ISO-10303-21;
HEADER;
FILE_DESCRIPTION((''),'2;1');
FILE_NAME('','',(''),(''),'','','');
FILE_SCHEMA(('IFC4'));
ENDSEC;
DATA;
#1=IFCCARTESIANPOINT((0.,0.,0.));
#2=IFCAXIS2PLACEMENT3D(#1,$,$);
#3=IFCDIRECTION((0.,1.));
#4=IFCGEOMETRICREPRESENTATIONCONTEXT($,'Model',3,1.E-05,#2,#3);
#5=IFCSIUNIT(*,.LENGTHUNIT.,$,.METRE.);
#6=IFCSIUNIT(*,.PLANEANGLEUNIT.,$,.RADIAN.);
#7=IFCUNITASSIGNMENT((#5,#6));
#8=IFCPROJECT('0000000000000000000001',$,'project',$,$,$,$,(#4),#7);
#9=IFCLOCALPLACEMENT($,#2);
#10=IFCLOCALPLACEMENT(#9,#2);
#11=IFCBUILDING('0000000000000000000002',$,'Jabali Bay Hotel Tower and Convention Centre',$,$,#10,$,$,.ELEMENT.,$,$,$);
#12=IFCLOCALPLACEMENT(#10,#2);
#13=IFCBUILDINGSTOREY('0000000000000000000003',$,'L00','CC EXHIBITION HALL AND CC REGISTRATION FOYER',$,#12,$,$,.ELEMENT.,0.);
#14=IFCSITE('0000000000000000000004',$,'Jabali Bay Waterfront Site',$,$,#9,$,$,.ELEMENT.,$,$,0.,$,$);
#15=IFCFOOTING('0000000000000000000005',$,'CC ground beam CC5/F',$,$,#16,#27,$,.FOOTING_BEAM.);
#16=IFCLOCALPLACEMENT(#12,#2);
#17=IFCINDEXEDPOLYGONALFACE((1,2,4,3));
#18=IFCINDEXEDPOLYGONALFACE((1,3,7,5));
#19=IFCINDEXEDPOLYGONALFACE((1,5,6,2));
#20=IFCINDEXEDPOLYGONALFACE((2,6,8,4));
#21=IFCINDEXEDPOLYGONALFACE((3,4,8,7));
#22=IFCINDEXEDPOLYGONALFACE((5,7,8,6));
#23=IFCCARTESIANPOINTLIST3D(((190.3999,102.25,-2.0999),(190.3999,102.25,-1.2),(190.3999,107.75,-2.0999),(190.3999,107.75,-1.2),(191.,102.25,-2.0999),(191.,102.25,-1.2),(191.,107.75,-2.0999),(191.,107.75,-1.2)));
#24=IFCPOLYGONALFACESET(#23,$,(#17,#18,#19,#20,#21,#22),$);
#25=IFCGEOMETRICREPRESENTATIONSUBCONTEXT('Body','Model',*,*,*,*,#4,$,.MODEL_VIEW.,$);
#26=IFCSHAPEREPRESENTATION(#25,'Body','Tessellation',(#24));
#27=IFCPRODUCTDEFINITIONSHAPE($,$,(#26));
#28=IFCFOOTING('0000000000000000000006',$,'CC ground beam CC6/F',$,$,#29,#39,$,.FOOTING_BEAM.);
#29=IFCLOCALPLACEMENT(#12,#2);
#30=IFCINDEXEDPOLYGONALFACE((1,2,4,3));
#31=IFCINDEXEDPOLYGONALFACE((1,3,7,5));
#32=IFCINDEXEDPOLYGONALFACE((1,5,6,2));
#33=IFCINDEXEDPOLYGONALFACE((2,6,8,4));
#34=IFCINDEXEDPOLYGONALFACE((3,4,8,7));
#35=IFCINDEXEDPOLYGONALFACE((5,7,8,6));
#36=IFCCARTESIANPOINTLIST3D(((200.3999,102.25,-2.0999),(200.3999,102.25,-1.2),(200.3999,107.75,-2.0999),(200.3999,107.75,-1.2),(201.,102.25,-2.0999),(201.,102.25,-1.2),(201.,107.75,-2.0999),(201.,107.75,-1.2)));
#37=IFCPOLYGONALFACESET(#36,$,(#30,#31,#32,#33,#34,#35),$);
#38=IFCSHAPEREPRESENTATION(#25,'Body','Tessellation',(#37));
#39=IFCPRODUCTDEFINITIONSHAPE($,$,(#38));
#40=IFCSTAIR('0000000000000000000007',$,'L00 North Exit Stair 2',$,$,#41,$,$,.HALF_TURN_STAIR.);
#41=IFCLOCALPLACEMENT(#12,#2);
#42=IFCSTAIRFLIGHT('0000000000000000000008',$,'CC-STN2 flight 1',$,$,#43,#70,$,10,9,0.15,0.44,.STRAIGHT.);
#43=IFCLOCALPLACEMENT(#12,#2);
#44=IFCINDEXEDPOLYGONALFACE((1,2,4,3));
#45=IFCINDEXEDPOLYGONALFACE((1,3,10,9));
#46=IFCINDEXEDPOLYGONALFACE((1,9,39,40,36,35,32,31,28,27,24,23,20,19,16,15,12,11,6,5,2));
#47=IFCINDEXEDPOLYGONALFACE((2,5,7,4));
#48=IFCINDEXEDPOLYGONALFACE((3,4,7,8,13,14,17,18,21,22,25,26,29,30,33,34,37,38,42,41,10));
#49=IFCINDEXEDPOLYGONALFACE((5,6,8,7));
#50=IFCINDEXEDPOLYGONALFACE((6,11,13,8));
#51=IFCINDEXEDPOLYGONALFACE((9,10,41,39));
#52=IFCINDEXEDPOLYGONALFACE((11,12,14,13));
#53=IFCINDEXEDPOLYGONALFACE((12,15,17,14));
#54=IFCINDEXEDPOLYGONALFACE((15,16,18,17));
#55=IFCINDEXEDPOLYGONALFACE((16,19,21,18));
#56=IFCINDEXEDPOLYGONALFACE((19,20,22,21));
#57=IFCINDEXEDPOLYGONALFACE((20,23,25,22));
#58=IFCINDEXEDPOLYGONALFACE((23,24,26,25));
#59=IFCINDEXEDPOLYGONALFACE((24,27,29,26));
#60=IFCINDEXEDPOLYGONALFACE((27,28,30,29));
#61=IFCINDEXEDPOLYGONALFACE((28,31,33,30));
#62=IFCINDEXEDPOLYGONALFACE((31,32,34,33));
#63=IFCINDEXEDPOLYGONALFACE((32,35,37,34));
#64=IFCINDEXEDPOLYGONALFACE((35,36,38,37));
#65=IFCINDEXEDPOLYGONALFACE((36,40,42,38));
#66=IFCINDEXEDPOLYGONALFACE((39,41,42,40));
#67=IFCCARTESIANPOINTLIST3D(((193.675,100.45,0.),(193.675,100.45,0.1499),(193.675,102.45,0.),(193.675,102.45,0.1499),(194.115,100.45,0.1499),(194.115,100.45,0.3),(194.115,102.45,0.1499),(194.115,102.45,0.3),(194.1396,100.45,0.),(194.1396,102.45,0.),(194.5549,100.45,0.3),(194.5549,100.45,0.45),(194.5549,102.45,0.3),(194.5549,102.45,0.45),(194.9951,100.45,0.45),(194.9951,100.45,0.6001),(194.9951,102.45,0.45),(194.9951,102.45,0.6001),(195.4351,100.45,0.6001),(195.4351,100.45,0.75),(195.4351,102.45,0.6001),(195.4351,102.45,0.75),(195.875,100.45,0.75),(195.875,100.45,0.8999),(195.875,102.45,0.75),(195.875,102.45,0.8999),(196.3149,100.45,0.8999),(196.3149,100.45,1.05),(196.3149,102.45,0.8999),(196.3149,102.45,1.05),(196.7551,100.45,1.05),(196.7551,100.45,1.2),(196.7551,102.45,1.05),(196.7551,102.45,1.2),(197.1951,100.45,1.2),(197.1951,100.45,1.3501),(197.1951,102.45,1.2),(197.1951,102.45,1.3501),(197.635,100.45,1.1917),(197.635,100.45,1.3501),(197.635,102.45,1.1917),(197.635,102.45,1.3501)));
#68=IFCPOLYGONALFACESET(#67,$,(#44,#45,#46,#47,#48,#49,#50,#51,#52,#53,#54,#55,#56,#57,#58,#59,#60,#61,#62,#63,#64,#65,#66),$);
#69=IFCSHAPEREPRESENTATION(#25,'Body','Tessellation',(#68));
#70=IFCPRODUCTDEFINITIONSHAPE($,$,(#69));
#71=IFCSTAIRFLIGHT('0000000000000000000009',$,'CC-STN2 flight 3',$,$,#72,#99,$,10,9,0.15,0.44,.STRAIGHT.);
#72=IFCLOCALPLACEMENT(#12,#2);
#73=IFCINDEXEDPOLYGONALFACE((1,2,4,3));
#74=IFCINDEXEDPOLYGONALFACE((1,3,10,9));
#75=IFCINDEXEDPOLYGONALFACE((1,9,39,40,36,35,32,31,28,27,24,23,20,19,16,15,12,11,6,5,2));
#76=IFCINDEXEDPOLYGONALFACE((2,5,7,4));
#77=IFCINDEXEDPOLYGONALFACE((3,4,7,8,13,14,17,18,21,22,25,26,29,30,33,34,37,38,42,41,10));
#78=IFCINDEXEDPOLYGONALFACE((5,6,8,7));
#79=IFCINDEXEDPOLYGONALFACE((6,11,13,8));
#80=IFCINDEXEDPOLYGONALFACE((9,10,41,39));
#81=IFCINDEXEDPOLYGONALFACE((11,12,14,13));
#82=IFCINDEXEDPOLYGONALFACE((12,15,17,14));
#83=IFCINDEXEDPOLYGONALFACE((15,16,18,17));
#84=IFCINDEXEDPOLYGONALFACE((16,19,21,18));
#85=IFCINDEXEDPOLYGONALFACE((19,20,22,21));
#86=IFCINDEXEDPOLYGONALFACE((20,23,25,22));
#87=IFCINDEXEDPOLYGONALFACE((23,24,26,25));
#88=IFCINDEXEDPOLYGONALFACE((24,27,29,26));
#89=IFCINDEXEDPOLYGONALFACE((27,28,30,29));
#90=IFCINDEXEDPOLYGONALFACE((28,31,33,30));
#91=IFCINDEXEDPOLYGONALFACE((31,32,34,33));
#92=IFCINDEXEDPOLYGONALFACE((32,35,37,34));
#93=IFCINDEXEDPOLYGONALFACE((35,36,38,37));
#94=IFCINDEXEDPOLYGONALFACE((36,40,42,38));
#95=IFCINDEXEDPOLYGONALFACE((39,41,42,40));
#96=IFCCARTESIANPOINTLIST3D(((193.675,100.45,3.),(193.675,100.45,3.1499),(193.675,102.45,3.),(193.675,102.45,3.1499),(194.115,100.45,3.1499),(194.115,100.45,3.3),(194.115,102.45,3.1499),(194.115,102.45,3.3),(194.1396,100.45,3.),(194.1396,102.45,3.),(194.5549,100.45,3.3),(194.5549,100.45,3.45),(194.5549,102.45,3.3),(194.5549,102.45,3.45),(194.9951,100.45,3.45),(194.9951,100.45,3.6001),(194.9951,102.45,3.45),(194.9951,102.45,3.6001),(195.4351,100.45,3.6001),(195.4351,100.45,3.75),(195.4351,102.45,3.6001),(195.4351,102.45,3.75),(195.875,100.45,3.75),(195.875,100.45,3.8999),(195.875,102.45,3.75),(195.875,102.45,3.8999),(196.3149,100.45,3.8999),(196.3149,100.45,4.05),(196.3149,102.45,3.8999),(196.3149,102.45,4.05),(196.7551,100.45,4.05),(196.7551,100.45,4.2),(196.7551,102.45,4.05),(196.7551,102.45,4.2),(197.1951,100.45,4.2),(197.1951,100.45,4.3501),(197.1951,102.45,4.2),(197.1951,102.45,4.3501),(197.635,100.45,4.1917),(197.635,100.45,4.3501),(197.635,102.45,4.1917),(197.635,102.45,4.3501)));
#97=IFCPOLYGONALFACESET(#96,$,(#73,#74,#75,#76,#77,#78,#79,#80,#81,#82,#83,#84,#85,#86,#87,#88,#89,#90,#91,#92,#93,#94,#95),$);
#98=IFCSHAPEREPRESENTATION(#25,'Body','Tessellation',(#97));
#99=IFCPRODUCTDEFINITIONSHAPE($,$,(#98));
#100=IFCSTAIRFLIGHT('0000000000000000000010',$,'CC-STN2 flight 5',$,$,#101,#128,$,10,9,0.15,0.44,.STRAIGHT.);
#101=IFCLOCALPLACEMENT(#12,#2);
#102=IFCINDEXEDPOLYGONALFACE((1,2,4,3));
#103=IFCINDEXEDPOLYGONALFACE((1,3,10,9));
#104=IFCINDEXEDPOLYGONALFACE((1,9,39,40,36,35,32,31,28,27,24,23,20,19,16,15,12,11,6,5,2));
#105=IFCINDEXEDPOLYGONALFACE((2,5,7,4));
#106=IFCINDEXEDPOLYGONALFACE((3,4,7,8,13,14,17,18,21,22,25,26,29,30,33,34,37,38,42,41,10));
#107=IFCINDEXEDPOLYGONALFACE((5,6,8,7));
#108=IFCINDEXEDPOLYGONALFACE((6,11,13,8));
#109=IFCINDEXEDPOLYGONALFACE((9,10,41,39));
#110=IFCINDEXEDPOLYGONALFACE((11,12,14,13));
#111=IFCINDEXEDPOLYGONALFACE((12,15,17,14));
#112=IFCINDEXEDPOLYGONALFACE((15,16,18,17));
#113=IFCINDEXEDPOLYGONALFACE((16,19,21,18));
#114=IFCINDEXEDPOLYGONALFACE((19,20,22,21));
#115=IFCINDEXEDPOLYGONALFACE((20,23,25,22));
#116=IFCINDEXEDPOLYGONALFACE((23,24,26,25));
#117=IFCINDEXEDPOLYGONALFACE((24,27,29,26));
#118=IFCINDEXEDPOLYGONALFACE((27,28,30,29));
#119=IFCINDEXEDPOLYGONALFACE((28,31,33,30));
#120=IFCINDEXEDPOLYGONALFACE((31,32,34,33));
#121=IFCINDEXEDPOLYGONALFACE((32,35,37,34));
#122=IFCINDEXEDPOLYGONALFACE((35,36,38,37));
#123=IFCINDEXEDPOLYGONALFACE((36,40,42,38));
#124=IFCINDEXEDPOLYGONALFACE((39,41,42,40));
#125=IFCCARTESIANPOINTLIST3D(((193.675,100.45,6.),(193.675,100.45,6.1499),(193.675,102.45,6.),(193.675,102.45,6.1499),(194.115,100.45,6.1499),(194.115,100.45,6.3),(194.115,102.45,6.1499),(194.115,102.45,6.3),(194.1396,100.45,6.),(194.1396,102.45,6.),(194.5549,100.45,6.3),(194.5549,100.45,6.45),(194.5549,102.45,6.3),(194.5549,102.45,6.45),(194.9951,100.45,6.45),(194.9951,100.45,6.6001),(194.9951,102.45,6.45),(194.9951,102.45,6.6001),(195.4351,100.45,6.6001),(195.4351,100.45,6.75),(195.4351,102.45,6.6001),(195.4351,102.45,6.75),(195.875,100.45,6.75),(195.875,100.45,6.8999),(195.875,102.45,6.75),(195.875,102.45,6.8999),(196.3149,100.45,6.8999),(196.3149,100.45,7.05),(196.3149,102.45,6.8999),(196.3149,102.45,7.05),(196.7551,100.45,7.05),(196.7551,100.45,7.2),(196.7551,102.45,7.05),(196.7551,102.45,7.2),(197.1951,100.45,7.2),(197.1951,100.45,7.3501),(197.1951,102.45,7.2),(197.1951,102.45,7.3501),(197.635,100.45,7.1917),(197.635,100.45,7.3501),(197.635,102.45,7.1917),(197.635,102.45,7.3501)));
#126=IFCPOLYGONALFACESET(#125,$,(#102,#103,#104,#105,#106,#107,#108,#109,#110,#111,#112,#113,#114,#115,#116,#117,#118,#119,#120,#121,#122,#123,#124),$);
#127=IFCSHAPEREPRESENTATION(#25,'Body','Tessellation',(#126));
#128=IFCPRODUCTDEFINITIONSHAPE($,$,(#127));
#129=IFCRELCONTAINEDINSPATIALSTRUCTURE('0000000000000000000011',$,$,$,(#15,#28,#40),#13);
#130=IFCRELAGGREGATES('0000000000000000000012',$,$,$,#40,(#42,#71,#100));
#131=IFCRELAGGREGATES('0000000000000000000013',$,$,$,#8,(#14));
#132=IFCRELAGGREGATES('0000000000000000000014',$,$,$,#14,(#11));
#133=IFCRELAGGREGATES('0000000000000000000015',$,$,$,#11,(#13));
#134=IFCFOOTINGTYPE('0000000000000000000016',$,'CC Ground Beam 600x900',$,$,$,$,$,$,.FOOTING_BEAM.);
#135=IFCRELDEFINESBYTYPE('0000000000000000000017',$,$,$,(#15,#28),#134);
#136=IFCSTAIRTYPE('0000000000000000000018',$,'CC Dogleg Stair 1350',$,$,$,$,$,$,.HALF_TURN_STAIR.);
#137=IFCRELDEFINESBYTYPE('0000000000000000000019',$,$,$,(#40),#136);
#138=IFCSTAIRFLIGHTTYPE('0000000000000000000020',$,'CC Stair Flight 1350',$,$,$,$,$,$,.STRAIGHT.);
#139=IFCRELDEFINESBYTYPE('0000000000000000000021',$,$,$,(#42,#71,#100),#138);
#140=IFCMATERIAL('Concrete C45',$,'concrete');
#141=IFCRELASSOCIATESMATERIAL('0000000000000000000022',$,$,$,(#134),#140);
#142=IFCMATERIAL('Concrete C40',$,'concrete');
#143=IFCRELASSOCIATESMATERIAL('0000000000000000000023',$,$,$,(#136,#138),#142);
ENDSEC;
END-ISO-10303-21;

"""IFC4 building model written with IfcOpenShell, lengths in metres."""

from ifc_helpers import new_model, si_unit, direction, frame, origin, origin_2d, place, context, subcontext, project, spatial, polyline, rectangle, outline, extrude, material, material_profile, profile_set, type_object, element, aggregate, save


model = new_model("IFC4")

# Units and contexts
model_context = context("Model", 3, precision=1e-05, world=origin(), true_north=direction((0.0, 1.0)))
body_context = subcontext(model_context, "Body", "Model", "MODEL_VIEW")
ifc_project = project(units=[si_unit("LENGTHUNIT", "METRE"), si_unit("PLANEANGLEUNIT", "RADIAN")], contexts=[model_context])

# Site, building, storey
site_placement = place(None, origin())
site = spatial("IfcSite", under=ifc_project, at=site_placement, Name="Jabali Bay Waterfront Site", CompositionType="ELEMENT", RefElevation=0.0)
building_placement = place(site_placement, origin())
building = spatial("IfcBuilding", under=site, at=building_placement, Name="Jabali Bay Hotel Tower and Convention Centre", CompositionType="ELEMENT")
storey_placement = place(building_placement, origin())
storey = spatial("IfcBuildingStorey", under=building, at=storey_placement, Name="L00", Description="CC EXHIBITION HALL AND CC REGISTRATION FOYER", CompositionType="ELEMENT", Elevation=0.0)

# Footings
ifc_material_1 = material(Name="Concrete C45", Category="concrete")
ifc_material_profile = material_profile(ifc_material_1, rectangle(XDim=0.6001, YDim=0.8999, at=origin_2d()), Name="RC 600x900")
ifc_profile_set = profile_set([ifc_material_profile], Name="Concrete C45")
footing_type = type_object("IfcFootingType", Name="CC Ground Beam 600x900", PredefinedType="FOOTING_BEAM", material=ifc_profile_set)
for number, where, z_axis, x_axis, name in (
    (1, (190.7, 102.25, -1.6499), (0.0, 1.0, 0.0), (-1.0, 0.0, 0.0), "CC ground beam CC5/F"),
    (2, (200.7, 102.25, -1.6499), (0.0, 1.0, 0.0), (-1.0, 0.0, 0.0), "CC ground beam CC6/F"),
):
    element("IfcFooting", number, at=place(storey_placement, frame(where, z_axis=z_axis, x_axis=x_axis)), inside=storey, type_object=footing_type, Name=name, PredefinedType="FOOTING_BEAM", context=body_context, shape_type="SweptSolid", body=[
        extrude(rectangle(XDim=0.6001, YDim=0.8999, at=origin_2d()), origin(), (0.0, 0.0, 1.0), 5.5),
    ])

# Stair, stair flights
ifc_material_2 = material(Name="Concrete C40", Category="concrete")
stair_type = type_object("IfcStairType", Name="CC Dogleg Stair 1350", PredefinedType="HALF_TURN_STAIR", material=ifc_material_2)
stair_placement = place(storey_placement, origin())
stair = element("IfcStair", 3, at=stair_placement, inside=storey, type_object=stair_type, Name="L00 North Exit Stair 2", PredefinedType="HALF_TURN_STAIR")
stair_flight_type = type_object("IfcStairFlightType", Name="CC Stair Flight 1350", PredefinedType="STRAIGHT", material=ifc_material_2)
stair_flight_1_placement = place(storey_placement, frame((193.675, 101.45, 0.0), z_axis=(0.0, 0.0, 1.0), x_axis=(1.0, 0.0, 0.0)))
stair_flight_1 = element("IfcStairFlight", 4, at=stair_flight_1_placement, type_object=stair_flight_type, Name="CC-STN2 flight 1", NumberOfRisers=10, NumberOfTreads=9, PredefinedType="STRAIGHT", RiserHeight=0.15, TreadLength=0.44, context=body_context, shape_type="SweptSolid", body=[
    extrude(outline(polyline([(0.0, 0.0), (0.0, 0.1499), (0.4399, 0.1499), (0.4399, 0.3), (0.8799, 0.3), (0.8799, 0.45), (1.3201, 0.45), (1.3201, 0.6001), (1.76, 0.6001), (1.76, 0.75), (2.2, 0.75), (2.2, 0.8999), (2.6399, 0.8999), (2.6399, 1.05), (3.0801, 1.05), (3.0801, 1.2), (3.52, 1.2), (3.52, 1.3501), (3.96, 1.3501), (3.96, 1.5), (3.96, 1.1917), (0.4646, 0.0), (0.0, 0.0)])), frame((0.0, 1.0, 0.0), z_axis=(0.0, -1.0, 0.0), x_axis=(1.0, 0.0, 0.0)), (0.0, 0.0, 1.0), 2.0),
])
stair_flight_2_placement = place(storey_placement, frame((193.675, 101.45, 3.0), z_axis=(0.0, 0.0, 1.0), x_axis=(1.0, 0.0, 0.0)))
stair_flight_2 = element("IfcStairFlight", 5, at=stair_flight_2_placement, type_object=stair_flight_type, Name="CC-STN2 flight 3", NumberOfRisers=10, NumberOfTreads=9, PredefinedType="STRAIGHT", RiserHeight=0.15, TreadLength=0.44, context=body_context, shape_type="SweptSolid", body=[
    extrude(outline(polyline([(0.0, 0.0), (0.0, 0.1499), (0.4399, 0.1499), (0.4399, 0.3), (0.8799, 0.3), (0.8799, 0.45), (1.3201, 0.45), (1.3201, 0.6001), (1.76, 0.6001), (1.76, 0.75), (2.2, 0.75), (2.2, 0.8999), (2.6399, 0.8999), (2.6399, 1.05), (3.0801, 1.05), (3.0801, 1.2), (3.52, 1.2), (3.52, 1.3501), (3.96, 1.3501), (3.96, 1.5), (3.96, 1.1917), (0.4646, 0.0), (0.0, 0.0)])), frame((0.0, 1.0, 0.0), z_axis=(0.0, -1.0, 0.0), x_axis=(1.0, 0.0, 0.0)), (0.0, 0.0, 1.0), 2.0),
])
stair_flight_3_placement = place(storey_placement, frame((193.675, 101.45, 6.0), z_axis=(0.0, 0.0, 1.0), x_axis=(1.0, 0.0, 0.0)))
stair_flight_3 = element("IfcStairFlight", 6, at=stair_flight_3_placement, type_object=stair_flight_type, Name="CC-STN2 flight 5", NumberOfRisers=10, NumberOfTreads=9, PredefinedType="STRAIGHT", RiserHeight=0.15, TreadLength=0.44, context=body_context, shape_type="SweptSolid", body=[
    extrude(outline(polyline([(0.0, 0.0), (0.0, 0.1499), (0.4399, 0.1499), (0.4399, 0.3), (0.8799, 0.3), (0.8799, 0.45), (1.3201, 0.45), (1.3201, 0.6001), (1.76, 0.6001), (1.76, 0.75), (2.2, 0.75), (2.2, 0.8999), (2.6399, 0.8999), (2.6399, 1.05), (3.0801, 1.05), (3.0801, 1.2), (3.52, 1.2), (3.52, 1.3501), (3.96, 1.3501), (3.96, 1.5), (3.96, 1.1917), (0.4646, 0.0), (0.0, 0.0)])), frame((0.0, 1.0, 0.0), z_axis=(0.0, -1.0, 0.0), x_axis=(1.0, 0.0, 0.0)), (0.0, 0.0, 1.0), 2.0),
])
aggregate(stair, [stair_flight_1, stair_flight_2, stair_flight_3])

save(model, "model.ifc")
